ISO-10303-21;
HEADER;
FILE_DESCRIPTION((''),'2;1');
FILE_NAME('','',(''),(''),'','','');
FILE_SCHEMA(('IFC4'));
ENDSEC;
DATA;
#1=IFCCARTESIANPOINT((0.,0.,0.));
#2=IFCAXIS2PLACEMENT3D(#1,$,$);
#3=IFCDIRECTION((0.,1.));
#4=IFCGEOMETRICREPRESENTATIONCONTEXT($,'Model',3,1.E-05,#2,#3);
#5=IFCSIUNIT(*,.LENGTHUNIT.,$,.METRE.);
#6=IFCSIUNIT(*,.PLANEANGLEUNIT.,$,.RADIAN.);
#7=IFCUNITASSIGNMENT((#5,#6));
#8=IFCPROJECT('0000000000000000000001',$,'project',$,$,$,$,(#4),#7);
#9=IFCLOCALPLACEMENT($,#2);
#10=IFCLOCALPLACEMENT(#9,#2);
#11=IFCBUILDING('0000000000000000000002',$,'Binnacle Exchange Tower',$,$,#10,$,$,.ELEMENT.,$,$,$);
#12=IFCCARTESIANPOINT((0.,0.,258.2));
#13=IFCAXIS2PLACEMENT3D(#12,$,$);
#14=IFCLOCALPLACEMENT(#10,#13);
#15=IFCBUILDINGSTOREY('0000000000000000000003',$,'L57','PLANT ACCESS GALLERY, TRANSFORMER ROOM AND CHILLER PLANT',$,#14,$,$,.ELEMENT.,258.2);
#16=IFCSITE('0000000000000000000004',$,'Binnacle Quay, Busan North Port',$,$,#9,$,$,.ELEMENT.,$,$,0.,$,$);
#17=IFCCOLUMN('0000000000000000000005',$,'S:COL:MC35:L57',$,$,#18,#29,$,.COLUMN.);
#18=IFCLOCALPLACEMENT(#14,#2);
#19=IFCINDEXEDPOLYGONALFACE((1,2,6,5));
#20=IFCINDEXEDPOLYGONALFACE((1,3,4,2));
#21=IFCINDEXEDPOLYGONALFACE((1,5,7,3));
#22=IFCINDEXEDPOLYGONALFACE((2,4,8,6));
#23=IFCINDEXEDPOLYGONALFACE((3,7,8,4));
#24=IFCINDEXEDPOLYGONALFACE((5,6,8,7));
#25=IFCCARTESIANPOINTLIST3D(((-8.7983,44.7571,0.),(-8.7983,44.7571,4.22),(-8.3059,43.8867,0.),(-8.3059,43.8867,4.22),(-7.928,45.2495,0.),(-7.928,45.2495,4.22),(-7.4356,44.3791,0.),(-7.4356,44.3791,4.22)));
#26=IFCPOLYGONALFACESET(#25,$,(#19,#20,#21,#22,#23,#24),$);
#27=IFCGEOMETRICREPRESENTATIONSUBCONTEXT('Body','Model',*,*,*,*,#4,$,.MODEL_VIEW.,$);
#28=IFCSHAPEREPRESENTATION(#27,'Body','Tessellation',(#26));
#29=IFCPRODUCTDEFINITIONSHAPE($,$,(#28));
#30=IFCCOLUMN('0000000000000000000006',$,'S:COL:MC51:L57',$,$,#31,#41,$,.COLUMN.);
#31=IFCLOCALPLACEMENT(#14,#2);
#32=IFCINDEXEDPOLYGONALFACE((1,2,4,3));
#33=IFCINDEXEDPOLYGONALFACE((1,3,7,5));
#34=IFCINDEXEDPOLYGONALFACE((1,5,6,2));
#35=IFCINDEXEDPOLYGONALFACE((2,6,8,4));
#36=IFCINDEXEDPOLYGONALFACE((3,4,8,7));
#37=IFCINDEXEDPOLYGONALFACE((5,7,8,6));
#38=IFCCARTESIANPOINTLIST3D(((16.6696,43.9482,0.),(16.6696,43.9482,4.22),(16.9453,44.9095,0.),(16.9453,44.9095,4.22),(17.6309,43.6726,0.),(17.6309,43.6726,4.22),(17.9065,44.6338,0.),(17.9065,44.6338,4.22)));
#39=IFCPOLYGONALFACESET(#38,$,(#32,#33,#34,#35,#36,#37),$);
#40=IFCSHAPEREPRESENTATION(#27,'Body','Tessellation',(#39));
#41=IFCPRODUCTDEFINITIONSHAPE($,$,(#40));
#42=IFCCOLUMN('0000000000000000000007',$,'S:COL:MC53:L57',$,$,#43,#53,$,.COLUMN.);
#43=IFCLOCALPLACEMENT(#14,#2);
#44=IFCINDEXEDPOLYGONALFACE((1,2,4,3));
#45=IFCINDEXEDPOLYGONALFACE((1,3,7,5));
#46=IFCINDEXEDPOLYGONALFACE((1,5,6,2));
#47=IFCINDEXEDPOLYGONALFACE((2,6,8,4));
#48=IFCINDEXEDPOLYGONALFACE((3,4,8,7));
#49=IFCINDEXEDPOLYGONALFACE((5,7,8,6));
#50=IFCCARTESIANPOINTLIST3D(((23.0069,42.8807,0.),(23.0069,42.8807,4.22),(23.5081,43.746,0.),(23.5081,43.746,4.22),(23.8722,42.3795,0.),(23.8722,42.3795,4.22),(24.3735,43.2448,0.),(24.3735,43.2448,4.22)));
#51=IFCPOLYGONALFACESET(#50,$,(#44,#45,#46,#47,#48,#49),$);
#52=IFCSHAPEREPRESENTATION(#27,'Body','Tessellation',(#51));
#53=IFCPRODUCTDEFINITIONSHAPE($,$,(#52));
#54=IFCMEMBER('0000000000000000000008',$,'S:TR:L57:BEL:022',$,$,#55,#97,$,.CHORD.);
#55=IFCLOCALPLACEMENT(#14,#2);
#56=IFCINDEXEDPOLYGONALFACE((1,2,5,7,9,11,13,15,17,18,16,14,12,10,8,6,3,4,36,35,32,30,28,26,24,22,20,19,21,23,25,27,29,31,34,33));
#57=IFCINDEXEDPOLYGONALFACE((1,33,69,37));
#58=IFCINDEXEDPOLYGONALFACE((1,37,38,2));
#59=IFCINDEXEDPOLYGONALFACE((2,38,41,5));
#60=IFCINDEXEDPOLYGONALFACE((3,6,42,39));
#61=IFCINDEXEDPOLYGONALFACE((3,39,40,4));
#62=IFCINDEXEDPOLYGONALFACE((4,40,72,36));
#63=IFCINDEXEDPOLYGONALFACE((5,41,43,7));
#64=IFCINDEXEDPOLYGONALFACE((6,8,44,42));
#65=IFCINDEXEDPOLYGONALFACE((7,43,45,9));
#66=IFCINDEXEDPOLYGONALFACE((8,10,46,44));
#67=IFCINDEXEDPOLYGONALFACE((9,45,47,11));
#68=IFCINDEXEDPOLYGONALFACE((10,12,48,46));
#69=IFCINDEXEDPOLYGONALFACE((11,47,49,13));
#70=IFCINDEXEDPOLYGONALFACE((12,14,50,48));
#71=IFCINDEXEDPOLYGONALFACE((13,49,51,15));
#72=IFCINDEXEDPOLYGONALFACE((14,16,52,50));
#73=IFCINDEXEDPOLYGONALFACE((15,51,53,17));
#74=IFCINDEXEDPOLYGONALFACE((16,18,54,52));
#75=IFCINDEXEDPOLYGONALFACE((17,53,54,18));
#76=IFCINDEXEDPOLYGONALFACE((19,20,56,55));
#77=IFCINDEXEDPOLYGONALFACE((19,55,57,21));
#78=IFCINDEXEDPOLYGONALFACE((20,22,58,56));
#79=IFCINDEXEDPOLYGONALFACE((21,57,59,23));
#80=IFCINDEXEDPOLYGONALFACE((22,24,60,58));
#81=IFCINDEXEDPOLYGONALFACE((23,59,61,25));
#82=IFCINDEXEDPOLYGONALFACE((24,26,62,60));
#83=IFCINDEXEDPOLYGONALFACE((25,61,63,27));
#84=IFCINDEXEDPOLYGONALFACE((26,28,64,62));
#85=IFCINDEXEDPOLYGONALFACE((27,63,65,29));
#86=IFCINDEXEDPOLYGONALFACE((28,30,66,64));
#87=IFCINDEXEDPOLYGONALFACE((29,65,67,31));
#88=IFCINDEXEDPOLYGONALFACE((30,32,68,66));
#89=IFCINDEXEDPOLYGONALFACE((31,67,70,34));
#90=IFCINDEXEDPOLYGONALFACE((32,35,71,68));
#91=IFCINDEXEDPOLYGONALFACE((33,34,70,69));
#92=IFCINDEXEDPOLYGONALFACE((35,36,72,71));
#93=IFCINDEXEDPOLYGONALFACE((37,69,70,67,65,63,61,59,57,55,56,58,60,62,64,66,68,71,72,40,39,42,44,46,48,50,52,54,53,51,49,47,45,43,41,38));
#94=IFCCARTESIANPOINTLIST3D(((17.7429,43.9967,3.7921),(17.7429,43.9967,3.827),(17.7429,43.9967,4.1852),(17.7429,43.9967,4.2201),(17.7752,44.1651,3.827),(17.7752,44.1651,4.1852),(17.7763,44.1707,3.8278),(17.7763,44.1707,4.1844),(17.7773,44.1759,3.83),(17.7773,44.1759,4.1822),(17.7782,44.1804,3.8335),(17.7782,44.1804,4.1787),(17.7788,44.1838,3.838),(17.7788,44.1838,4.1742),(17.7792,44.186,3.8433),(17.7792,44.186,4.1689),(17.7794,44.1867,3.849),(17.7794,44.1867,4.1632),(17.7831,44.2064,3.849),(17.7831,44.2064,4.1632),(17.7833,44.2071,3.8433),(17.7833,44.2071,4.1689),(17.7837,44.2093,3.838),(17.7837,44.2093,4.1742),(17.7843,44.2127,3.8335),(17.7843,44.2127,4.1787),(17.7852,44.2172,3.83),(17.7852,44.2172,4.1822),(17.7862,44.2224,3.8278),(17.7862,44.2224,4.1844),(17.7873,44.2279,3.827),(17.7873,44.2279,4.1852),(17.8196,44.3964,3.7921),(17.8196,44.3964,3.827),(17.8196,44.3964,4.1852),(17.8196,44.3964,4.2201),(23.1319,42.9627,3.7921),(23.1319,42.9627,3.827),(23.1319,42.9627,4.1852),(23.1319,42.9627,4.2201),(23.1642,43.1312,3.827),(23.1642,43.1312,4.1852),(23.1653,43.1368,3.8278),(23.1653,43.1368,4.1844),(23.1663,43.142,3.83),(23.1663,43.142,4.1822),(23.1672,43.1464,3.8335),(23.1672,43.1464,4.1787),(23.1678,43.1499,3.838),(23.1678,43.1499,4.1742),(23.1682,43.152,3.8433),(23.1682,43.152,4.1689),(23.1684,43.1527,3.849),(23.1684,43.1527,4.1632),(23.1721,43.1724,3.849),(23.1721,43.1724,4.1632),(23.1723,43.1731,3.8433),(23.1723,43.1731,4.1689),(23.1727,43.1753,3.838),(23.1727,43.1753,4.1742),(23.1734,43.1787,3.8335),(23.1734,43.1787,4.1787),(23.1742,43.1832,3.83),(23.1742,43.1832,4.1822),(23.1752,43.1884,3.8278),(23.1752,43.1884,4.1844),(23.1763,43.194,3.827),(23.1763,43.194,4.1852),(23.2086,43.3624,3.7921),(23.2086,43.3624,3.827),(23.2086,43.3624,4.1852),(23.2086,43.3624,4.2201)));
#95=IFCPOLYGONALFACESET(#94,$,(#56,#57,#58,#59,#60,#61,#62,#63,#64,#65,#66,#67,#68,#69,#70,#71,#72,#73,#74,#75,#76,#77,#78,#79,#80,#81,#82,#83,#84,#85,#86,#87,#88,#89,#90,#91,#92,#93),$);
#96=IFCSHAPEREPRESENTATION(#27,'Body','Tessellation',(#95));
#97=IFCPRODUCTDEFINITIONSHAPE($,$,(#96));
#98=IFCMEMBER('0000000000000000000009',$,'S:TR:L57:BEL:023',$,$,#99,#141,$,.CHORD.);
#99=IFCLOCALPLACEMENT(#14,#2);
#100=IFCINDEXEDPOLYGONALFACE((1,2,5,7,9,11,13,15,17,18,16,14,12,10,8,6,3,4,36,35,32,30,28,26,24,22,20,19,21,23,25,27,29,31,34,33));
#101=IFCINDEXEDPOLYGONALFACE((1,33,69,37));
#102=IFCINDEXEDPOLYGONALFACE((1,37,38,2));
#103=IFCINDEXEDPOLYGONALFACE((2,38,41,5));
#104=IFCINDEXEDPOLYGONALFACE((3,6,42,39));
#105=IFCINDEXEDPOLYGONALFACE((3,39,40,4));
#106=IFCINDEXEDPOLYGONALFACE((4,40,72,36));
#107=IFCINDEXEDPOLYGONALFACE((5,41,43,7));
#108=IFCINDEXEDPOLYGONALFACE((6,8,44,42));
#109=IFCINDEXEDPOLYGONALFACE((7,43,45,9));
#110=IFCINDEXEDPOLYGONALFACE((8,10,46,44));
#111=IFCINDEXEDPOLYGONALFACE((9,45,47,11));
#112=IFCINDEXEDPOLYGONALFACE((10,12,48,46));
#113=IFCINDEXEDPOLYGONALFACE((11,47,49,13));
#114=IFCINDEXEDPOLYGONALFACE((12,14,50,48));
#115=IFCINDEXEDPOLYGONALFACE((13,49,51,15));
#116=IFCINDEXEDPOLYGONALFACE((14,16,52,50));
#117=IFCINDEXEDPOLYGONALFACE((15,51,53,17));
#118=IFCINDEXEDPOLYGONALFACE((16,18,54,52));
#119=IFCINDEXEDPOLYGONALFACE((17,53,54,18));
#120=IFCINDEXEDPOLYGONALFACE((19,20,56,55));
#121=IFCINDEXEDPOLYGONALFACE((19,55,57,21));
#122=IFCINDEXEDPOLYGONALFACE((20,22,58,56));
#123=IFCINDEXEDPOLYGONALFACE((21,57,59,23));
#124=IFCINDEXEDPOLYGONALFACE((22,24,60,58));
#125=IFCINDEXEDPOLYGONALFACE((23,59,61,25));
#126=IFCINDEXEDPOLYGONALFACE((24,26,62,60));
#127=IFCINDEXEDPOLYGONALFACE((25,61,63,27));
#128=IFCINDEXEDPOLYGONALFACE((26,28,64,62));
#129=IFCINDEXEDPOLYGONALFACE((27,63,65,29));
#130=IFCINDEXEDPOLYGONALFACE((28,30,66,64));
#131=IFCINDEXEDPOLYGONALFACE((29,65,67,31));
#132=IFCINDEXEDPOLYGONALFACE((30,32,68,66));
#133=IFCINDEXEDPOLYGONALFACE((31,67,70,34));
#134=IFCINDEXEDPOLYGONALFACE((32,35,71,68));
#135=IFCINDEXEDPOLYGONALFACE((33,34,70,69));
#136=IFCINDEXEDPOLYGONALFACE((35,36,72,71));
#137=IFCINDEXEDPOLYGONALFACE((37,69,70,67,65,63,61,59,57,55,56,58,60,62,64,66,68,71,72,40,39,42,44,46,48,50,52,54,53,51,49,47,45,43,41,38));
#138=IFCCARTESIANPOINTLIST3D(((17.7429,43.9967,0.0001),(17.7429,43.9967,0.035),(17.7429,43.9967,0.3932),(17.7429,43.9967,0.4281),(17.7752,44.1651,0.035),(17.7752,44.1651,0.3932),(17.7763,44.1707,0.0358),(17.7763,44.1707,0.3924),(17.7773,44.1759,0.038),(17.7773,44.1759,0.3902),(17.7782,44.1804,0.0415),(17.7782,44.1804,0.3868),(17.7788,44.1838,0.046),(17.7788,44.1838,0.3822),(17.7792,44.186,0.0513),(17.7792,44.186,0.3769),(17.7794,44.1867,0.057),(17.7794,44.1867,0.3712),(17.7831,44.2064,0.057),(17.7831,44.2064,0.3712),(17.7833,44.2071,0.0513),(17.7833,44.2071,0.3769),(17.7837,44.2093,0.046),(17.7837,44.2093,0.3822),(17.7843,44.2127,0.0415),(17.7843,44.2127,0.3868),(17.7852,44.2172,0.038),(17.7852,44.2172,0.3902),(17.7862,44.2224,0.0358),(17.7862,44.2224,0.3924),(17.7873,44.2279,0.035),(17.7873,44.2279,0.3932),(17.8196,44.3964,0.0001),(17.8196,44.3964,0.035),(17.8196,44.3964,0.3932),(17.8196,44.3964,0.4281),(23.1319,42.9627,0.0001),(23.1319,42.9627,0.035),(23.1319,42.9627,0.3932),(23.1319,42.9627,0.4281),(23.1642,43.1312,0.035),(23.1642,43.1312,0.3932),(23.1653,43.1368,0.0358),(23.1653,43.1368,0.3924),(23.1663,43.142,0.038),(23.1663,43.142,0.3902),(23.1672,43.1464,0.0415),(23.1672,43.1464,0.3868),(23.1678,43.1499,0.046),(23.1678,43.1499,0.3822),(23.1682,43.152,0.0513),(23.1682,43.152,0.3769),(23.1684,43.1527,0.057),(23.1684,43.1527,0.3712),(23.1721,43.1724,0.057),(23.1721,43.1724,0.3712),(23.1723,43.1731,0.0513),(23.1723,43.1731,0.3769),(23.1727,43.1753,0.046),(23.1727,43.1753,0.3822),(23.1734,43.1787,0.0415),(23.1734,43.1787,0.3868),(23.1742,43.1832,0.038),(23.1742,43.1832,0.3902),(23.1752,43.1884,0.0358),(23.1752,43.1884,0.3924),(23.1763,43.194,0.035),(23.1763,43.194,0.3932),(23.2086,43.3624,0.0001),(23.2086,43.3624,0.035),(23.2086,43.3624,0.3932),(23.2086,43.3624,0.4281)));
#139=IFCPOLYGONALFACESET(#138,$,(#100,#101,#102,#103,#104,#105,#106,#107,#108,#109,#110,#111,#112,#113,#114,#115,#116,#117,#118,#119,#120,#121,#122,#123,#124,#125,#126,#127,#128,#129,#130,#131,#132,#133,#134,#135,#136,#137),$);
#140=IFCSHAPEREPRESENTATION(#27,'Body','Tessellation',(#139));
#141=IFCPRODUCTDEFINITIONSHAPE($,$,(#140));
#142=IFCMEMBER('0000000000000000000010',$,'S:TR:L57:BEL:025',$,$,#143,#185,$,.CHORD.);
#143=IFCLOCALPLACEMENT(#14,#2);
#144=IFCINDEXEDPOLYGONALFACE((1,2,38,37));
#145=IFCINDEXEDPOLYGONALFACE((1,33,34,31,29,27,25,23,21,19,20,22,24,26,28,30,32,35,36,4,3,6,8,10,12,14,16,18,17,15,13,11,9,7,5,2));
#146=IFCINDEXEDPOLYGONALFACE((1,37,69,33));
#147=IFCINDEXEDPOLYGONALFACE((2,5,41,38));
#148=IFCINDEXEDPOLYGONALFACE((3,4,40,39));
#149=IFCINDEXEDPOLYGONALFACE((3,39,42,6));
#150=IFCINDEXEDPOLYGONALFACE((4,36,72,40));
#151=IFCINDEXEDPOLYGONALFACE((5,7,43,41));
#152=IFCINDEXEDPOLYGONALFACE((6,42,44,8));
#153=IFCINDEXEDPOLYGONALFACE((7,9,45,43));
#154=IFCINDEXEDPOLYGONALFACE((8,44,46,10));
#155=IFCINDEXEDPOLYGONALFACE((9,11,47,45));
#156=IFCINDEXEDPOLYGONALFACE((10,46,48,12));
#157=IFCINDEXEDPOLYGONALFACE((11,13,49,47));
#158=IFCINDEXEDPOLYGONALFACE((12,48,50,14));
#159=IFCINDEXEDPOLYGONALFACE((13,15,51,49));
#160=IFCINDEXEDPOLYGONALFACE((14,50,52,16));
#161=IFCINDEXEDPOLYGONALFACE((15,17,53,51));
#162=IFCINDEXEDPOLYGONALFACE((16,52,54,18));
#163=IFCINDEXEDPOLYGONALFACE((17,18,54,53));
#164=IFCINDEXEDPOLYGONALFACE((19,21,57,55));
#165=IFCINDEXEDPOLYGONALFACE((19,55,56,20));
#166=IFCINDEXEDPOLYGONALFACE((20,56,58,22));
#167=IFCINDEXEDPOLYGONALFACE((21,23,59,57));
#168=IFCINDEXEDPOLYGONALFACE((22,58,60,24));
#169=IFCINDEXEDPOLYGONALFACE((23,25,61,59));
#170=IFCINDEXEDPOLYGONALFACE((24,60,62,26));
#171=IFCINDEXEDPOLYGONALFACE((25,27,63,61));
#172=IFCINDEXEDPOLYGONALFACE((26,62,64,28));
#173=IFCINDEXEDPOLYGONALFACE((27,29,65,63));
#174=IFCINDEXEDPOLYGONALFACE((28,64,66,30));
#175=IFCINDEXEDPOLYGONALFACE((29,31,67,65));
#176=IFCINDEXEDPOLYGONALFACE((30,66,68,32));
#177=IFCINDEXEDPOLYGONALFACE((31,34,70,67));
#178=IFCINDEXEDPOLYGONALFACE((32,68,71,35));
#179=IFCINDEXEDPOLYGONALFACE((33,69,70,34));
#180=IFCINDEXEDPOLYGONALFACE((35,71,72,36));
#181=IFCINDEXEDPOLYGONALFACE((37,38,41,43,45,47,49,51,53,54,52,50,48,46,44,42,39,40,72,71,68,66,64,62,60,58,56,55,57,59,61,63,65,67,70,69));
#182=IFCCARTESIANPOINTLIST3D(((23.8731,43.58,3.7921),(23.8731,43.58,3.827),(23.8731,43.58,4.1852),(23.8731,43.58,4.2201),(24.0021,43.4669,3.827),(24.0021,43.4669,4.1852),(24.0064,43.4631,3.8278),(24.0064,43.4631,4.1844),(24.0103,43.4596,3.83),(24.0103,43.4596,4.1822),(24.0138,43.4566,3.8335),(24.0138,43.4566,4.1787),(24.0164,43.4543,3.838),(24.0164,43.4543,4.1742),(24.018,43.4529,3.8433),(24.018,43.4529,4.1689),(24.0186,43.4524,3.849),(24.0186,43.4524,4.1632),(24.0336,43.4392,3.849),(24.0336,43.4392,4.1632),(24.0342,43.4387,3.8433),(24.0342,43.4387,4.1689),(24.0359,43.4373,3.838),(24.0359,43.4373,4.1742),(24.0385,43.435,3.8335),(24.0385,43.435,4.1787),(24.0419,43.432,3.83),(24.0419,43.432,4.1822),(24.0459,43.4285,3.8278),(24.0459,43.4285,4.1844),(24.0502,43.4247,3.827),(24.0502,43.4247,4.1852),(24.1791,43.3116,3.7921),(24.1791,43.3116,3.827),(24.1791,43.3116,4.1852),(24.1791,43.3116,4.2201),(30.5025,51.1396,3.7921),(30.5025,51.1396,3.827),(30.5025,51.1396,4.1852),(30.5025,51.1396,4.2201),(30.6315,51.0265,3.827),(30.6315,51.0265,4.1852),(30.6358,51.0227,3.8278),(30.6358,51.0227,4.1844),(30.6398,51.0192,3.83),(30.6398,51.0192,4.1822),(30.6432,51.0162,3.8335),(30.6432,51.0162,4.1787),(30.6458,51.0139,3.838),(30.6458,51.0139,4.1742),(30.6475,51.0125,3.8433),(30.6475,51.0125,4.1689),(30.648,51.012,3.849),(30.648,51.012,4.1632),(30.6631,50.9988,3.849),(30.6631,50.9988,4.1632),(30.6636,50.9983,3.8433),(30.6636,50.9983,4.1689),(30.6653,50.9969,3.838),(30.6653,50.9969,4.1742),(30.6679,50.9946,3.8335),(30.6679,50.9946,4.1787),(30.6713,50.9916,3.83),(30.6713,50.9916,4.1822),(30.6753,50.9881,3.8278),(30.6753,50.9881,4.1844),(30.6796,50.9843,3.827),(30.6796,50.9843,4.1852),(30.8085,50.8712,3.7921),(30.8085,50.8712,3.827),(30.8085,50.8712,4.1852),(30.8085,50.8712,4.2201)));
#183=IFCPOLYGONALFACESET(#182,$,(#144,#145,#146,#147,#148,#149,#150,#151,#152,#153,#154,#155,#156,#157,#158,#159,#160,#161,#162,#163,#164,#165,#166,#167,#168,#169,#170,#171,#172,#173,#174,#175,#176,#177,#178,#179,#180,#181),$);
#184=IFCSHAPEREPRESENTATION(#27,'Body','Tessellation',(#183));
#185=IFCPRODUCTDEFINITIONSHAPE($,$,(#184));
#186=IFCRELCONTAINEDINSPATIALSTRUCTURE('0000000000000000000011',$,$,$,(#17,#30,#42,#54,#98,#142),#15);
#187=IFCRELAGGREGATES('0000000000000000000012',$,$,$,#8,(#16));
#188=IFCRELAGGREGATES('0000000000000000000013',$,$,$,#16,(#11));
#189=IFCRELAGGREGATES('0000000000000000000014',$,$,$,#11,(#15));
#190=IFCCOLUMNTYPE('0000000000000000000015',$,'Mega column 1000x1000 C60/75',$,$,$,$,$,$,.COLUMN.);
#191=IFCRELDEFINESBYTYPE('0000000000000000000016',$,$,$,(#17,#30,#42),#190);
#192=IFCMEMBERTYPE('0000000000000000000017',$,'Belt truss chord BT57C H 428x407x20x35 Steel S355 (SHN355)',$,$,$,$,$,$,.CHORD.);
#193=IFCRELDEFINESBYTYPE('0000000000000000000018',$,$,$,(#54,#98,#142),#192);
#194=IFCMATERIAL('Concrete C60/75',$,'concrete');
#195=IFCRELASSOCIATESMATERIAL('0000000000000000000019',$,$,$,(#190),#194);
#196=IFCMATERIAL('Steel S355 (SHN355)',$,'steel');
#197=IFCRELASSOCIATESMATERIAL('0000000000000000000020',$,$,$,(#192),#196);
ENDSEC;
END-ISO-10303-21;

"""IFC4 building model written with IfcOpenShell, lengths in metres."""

from ifc_helpers import new_model, si_unit, direction, frame, origin, origin_2d, place, context, subcontext, project, spatial, rectangle, i_section, extrude, material, material_profile, profile_set, type_object, element, save


model = new_model("IFC4")

# Units and contexts
model_context = context("Model", 3, precision=1e-05, world=origin(), true_north=direction((0.0, 1.0)))
body_context = subcontext(model_context, "Body", "Model", "MODEL_VIEW")
ifc_project = project(units=[si_unit("LENGTHUNIT", "METRE"), si_unit("PLANEANGLEUNIT", "RADIAN")], contexts=[model_context])

# Site, building, storey
site_placement = place(None, origin())
site = spatial("IfcSite", under=ifc_project, at=site_placement, Name="Binnacle Quay, Busan North Port", CompositionType="ELEMENT", RefElevation=0.0)
building_placement = place(site_placement, origin())
building = spatial("IfcBuilding", under=site, at=building_placement, Name="Binnacle Exchange Tower", CompositionType="ELEMENT")
storey_placement = place(building_placement, frame((0.0, 0.0, 258.2)))
storey = spatial("IfcBuildingStorey", under=building, at=storey_placement, Name="L57", Description="PLANT ACCESS GALLERY, TRANSFORMER ROOM AND CHILLER PLANT", CompositionType="ELEMENT", Elevation=258.2)

# Columns
ifc_material_1 = material(Name="Concrete C60/75", Category="concrete")
ifc_material_profile_1 = material_profile(ifc_material_1, rectangle(XDim=1.0, YDim=1.0, at=origin_2d()), Name="Mega column 1000x1000 C60/75")
ifc_profile_set_1 = profile_set([ifc_material_profile_1], Name="Concrete C60/75")
column_type = type_object("IfcColumnType", Name="Mega column 1000x1000 C60/75", PredefinedType="COLUMN", material=ifc_profile_set_1)
for number, where, z_axis, x_axis, name in (
    (1, (-8.1169, 44.5681, 0.0), (0.0, 0.0, 1.0), (0.870356, 0.492424, 0.0), "S:COL:MC35:L57"),
    (2, (17.2881, 44.291, 0.0), (0.0, 0.0, 1.0), (0.961262, -0.275637, 0.0), "S:COL:MC51:L57"),
    (3, (23.6902, 43.0627, 0.0), (0.0, 0.0, 1.0), (-0.865326, 0.501209, 0.0), "S:COL:MC53:L57"),
):
    element("IfcColumn", number, at=place(storey_placement, frame(where, z_axis=z_axis, x_axis=x_axis)), inside=storey, type_object=column_type, Name=name, PredefinedType="COLUMN", context=body_context, shape_type="SweptSolid", body=[
        extrude(rectangle(XDim=1.0, YDim=1.0, at=origin_2d()), origin(), (0.0, 0.0, 1.0), 4.22),
    ])

# Members
ifc_material_2 = material(Name="Steel S355 (SHN355)", Category="steel")
ifc_material_profile_2 = material_profile(ifc_material_2, i_section(OverallWidth=0.407, OverallDepth=0.428, WebThickness=0.02, FlangeThickness=0.0349, FilletRadius=0.022, at=origin_2d()), Name="H 428x407x20x35")
ifc_profile_set_2 = profile_set([ifc_material_profile_2], Name="Steel S355 (SHN355)")
member_type_1 = type_object("IfcMemberType", Name="Belt truss chord BT57C H 428x407x20x35 Steel S355 (SHN355)", PredefinedType="CHORD", material=ifc_profile_set_2)
for number, where, z_axis, x_axis, name in (
    (4, (17.7812, 44.1965, 4.0061), (0.982087, -0.188427, 0.0), (0.188427, 0.982087, 0.0), "S:TR:L57:BEL:022"),
    (5, (17.7812, 44.1965, 0.2141), (0.982087, -0.188427, 0.0), (0.188427, 0.982087, 0.0), "S:TR:L57:BEL:023"),
):
    element("IfcMember", number, at=place(storey_placement, frame(where, z_axis=z_axis, x_axis=x_axis)), inside=storey, type_object=member_type_1, Name=name, PredefinedType="CHORD", context=body_context, shape_type="SweptSolid", body=[
        extrude(i_section(OverallWidth=0.407, OverallDepth=0.428, WebThickness=0.02, FlangeThickness=0.0349, FilletRadius=0.022, at=origin_2d()), origin(), (0.0, 0.0, 1.0), 5.4873),
    ])
for number, where, z_axis, x_axis, name in (
    (6, (24.0261, 43.4458, 4.0061), (0.659336, 0.751848, 0.0), (-0.751848, 0.659336, 0.0), "S:TR:L57:BEL:025"),
):
    element("IfcMember", number, at=place(storey_placement, frame(where, z_axis=z_axis, x_axis=x_axis)), inside=storey, type_object=member_type_1, Name=name, PredefinedType="CHORD", context=body_context, shape_type="SweptSolid", body=[
        extrude(i_section(OverallWidth=0.407, OverallDepth=0.428, WebThickness=0.02, FlangeThickness=0.0349, FilletRadius=0.022, at=origin_2d()), origin(), (0.0, 0.0, 1.0), 10.0547),
    ])

save(model, "model.ifc")
